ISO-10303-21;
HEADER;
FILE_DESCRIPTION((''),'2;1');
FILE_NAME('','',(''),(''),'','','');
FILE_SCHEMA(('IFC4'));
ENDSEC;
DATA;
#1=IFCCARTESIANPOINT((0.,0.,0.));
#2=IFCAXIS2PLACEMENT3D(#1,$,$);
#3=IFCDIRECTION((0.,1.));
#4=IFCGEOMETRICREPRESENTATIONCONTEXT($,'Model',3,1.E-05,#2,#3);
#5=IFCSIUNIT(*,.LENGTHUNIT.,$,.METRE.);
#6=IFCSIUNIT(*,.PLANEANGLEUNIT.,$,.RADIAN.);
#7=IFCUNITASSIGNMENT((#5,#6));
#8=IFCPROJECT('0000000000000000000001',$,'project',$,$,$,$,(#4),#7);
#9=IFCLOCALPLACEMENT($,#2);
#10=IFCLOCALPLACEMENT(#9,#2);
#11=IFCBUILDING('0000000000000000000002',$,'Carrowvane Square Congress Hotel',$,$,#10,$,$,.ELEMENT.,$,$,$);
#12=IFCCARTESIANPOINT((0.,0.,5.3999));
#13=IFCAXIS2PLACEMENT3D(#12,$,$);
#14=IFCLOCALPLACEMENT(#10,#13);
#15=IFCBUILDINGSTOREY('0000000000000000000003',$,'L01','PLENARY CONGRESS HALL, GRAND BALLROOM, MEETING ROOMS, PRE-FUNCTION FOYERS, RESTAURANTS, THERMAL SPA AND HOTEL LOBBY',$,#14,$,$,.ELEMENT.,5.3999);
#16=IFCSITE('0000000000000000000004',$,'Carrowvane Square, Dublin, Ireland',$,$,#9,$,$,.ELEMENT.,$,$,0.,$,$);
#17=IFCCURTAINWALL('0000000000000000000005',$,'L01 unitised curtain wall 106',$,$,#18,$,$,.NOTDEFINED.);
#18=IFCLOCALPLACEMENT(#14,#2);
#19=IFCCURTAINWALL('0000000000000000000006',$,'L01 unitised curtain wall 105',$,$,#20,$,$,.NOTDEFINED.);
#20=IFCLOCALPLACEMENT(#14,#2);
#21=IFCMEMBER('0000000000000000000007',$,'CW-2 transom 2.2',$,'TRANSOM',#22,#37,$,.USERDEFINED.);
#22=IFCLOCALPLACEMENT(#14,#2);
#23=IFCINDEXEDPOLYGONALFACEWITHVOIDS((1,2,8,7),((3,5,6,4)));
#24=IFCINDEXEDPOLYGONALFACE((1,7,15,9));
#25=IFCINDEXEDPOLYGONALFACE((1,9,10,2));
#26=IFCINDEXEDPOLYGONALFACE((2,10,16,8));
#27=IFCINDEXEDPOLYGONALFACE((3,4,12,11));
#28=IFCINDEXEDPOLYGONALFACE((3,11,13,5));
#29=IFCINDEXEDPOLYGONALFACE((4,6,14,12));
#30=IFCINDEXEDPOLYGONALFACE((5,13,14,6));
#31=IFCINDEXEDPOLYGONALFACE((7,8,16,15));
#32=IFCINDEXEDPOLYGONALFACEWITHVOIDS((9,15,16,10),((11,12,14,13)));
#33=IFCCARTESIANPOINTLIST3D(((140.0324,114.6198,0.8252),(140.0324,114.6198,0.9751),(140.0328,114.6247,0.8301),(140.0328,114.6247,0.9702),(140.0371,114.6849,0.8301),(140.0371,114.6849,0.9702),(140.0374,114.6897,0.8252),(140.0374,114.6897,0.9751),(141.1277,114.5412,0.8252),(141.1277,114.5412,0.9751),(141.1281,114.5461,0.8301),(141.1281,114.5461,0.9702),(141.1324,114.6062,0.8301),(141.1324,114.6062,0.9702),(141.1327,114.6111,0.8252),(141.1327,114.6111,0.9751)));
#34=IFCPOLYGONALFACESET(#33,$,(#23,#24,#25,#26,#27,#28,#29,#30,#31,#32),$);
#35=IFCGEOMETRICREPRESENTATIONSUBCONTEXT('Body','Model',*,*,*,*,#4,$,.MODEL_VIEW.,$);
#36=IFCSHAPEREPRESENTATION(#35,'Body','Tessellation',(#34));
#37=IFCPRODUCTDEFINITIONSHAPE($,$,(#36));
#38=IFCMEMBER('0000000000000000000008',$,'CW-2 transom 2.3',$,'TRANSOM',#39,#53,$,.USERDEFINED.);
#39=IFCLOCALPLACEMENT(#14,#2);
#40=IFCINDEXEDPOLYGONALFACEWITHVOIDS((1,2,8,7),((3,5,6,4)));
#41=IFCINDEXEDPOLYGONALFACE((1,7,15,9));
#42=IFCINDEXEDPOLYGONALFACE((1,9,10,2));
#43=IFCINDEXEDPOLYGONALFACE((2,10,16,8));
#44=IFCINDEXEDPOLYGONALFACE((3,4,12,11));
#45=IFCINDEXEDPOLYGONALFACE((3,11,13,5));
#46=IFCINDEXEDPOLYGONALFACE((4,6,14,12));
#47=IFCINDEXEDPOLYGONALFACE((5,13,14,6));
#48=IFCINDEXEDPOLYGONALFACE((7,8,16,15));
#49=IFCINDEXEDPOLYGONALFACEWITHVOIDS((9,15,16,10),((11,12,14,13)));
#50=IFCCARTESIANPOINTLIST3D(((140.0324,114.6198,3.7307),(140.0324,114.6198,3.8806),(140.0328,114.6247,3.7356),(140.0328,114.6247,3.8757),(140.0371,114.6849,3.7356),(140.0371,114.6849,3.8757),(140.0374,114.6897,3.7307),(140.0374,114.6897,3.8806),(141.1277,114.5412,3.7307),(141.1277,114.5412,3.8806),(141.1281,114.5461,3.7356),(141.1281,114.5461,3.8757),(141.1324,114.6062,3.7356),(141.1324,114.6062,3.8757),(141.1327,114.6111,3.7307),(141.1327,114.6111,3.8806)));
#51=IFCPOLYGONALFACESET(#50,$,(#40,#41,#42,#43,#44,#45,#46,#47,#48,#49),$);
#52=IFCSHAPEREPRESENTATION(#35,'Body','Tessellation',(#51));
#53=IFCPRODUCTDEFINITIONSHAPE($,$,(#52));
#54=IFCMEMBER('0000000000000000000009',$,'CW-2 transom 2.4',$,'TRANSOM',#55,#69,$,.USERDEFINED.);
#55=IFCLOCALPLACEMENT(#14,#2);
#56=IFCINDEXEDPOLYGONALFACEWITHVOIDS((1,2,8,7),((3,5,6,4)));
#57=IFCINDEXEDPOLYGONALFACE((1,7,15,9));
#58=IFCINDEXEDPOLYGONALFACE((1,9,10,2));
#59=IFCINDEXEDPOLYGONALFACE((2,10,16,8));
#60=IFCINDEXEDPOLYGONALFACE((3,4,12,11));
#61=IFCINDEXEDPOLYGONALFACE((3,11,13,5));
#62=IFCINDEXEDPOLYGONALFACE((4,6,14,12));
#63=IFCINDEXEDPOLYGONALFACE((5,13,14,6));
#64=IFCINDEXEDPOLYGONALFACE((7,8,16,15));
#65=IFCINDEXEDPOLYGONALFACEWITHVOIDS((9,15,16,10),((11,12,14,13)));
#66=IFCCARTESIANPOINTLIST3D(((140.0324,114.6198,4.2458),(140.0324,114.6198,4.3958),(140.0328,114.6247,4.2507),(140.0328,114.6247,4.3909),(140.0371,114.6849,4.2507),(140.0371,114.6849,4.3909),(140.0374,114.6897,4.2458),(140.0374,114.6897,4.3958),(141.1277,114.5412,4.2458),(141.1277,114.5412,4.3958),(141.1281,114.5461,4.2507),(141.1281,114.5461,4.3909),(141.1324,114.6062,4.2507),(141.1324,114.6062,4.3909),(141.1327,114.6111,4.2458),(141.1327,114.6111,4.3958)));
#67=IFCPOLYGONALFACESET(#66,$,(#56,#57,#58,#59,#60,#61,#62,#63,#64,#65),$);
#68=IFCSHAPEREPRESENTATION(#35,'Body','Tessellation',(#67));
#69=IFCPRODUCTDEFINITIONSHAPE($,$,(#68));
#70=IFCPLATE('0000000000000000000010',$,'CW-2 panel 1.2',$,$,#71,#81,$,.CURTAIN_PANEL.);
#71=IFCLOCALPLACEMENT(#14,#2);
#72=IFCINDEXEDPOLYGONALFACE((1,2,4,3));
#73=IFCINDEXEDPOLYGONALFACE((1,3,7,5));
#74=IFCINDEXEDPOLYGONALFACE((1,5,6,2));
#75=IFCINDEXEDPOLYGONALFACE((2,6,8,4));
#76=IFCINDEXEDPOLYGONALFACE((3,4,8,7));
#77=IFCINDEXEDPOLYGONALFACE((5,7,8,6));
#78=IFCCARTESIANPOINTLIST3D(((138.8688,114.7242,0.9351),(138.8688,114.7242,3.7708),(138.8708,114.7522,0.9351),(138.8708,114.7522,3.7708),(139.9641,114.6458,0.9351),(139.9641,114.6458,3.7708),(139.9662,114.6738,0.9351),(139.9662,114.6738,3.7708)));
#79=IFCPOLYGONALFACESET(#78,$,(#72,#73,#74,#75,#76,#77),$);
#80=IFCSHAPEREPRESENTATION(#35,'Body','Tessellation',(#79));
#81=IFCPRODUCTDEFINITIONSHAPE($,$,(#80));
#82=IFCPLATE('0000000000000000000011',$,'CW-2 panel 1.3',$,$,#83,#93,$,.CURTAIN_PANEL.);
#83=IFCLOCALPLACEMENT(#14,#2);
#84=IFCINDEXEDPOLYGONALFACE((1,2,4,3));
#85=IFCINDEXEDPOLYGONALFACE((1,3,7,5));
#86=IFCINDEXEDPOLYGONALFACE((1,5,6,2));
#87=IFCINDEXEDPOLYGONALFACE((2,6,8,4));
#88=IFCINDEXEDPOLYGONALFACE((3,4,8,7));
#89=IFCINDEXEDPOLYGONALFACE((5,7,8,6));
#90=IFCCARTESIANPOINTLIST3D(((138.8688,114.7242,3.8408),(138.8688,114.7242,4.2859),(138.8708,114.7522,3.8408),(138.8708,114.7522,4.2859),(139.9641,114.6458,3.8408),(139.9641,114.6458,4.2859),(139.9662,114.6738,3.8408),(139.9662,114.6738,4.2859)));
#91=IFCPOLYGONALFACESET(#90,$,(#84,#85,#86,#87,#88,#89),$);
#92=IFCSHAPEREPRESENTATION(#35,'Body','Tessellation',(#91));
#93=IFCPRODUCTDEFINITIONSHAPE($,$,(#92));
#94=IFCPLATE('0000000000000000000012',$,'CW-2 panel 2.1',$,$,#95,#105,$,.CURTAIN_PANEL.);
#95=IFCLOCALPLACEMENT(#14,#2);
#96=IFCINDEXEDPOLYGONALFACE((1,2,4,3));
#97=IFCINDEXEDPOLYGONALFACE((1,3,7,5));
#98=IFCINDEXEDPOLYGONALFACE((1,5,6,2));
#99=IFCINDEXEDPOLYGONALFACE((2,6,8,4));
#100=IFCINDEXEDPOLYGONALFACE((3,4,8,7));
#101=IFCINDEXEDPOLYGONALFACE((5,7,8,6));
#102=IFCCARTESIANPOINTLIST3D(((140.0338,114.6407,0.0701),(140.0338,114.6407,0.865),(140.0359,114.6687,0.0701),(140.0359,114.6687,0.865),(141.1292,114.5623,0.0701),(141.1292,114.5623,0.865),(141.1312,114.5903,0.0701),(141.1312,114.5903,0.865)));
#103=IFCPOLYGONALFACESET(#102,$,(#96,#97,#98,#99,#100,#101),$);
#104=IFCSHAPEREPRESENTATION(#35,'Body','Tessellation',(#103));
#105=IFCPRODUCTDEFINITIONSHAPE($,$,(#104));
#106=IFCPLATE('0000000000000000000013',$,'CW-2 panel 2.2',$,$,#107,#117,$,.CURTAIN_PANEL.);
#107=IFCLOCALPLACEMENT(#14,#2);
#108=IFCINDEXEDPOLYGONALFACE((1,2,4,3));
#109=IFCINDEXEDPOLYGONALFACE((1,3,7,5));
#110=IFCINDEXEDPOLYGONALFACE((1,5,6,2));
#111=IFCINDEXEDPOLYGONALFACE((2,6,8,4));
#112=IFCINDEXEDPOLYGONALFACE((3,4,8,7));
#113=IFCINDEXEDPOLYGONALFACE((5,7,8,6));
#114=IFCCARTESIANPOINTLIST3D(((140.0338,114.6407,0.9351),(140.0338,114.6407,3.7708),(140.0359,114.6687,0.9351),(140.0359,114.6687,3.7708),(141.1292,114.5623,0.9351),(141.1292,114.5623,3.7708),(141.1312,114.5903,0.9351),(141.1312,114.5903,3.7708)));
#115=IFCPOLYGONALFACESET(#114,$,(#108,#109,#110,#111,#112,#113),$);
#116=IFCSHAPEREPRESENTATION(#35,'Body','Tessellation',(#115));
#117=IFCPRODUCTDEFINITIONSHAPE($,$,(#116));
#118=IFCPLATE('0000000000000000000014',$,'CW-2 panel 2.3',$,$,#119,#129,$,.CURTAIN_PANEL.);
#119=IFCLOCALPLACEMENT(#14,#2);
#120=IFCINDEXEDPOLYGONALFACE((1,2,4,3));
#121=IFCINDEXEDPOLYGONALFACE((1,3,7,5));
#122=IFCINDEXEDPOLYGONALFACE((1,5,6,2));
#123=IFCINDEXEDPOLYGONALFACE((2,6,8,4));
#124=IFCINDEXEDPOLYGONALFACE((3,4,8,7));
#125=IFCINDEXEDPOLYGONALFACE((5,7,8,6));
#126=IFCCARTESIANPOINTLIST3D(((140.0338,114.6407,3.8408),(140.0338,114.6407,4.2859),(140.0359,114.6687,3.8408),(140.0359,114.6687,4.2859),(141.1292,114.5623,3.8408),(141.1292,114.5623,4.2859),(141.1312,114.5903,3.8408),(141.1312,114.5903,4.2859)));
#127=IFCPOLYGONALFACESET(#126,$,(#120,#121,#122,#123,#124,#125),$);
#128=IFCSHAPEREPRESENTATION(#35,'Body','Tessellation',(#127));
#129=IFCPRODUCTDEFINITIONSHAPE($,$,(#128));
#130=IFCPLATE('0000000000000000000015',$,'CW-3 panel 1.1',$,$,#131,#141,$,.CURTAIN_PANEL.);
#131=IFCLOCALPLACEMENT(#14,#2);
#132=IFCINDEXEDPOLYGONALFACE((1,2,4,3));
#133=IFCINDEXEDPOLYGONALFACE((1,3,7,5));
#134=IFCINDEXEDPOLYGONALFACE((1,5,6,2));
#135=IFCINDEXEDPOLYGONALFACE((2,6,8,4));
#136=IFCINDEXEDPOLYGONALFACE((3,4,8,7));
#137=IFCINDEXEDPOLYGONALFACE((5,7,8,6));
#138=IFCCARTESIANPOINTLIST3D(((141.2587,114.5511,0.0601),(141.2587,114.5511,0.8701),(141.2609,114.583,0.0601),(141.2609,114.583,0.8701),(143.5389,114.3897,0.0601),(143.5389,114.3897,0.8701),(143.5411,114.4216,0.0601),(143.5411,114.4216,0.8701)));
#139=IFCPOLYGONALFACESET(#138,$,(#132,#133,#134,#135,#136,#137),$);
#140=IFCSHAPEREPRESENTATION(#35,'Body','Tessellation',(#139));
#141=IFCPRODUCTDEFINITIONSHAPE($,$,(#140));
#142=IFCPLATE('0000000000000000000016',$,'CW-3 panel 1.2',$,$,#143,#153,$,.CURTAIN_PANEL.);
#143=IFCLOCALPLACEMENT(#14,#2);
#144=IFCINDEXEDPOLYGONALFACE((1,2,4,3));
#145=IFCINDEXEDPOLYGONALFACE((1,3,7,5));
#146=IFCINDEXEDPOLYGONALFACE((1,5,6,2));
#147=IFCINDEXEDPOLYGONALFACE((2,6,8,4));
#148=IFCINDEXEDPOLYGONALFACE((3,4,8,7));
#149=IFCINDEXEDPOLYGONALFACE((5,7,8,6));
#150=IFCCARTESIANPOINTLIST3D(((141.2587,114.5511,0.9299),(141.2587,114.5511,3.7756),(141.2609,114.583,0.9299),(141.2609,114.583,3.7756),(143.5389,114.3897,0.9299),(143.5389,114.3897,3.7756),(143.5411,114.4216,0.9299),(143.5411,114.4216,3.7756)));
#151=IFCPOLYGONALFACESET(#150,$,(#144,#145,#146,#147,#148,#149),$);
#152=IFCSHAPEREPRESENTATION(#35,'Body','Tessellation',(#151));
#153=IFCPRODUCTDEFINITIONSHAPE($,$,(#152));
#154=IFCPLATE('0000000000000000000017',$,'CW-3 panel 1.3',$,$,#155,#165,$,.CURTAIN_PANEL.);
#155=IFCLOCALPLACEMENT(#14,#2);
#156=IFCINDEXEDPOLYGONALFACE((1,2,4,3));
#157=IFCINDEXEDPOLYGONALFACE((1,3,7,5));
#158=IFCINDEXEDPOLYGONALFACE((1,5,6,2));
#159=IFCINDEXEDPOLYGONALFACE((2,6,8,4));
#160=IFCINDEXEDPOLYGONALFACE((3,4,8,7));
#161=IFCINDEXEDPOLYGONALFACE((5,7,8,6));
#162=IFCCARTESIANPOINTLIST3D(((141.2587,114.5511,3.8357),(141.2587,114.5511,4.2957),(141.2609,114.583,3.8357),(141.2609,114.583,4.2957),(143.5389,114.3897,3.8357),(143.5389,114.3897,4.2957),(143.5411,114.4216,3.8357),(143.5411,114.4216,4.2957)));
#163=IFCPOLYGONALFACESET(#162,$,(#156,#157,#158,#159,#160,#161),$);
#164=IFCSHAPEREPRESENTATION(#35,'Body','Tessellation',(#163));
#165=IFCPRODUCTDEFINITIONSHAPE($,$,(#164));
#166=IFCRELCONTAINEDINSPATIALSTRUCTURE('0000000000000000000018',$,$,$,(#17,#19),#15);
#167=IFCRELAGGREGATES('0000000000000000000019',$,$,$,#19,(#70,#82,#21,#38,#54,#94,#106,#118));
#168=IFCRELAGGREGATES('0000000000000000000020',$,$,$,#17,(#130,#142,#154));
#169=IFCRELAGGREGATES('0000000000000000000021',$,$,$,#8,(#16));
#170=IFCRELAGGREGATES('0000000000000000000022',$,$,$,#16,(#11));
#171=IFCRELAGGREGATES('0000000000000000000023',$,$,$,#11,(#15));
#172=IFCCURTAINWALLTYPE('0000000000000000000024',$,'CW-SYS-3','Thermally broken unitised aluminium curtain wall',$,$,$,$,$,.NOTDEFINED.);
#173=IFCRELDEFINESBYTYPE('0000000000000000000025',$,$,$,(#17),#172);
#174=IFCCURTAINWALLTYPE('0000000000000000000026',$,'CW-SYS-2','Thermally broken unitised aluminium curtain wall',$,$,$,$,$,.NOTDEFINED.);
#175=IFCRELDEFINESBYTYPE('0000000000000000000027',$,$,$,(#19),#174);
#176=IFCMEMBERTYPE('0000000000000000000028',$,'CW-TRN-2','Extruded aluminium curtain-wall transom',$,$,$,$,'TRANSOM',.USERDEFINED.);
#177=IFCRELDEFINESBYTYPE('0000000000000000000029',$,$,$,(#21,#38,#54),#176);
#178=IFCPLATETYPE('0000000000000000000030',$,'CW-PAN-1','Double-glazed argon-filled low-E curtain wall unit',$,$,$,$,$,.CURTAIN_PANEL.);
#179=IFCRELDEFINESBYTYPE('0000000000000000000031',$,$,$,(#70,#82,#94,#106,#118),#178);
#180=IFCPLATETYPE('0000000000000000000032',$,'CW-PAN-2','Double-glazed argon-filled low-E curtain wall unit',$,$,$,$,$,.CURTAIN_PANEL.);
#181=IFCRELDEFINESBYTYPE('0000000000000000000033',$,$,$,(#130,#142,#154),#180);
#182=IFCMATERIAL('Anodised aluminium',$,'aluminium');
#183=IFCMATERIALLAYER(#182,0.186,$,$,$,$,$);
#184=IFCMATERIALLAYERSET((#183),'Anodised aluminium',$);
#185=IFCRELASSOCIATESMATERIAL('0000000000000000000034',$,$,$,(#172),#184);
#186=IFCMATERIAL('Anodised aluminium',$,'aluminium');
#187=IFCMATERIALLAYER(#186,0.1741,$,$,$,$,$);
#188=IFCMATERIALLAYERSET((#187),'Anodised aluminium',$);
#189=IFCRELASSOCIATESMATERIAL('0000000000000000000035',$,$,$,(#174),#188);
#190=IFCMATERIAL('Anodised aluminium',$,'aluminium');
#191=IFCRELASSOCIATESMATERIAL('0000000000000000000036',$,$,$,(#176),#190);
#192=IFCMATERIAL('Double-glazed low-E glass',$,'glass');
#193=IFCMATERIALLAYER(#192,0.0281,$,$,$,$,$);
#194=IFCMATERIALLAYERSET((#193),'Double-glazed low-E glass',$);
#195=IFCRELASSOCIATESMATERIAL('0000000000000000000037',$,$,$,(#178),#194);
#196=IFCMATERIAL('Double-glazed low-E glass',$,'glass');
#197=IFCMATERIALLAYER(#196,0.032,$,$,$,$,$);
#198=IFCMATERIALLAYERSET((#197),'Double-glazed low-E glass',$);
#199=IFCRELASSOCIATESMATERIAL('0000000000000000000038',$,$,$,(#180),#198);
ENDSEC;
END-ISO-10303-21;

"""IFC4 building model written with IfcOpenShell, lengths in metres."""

from ifc_helpers import new_model, si_unit, direction, frame, origin, origin_2d, place, context, subcontext, project, spatial, rectangle, hollow_rectangle, extrude, material, layer, layer_set, material_profile, profile_set, type_object, element, aggregate, save


model = new_model("IFC4")

# Units and contexts
model_context = context("Model", 3, precision=1e-05, world=origin(), true_north=direction((0.0, 1.0)))
body_context = subcontext(model_context, "Body", "Model", "MODEL_VIEW")
ifc_project = project(units=[si_unit("LENGTHUNIT", "METRE"), si_unit("PLANEANGLEUNIT", "RADIAN")], contexts=[model_context])

# Site, building, storey
site_placement = place(None, origin())
site = spatial("IfcSite", under=ifc_project, at=site_placement, Name="Carrowvane Square, Dublin, Ireland", CompositionType="ELEMENT", RefElevation=0.0)
building_placement = place(site_placement, origin())
building = spatial("IfcBuilding", under=site, at=building_placement, Name="Carrowvane Square Congress Hotel", CompositionType="ELEMENT")
storey_placement = place(building_placement, frame((0.0, 0.0, 5.3999)))
storey = spatial("IfcBuildingStorey", under=building, at=storey_placement, Name="L01", Description="PLENARY CONGRESS HALL, GRAND BALLROOM, MEETING ROOMS, PRE-FUNCTION FOYERS, RESTAURANTS, THERMAL SPA AND HOTEL LOBBY", CompositionType="ELEMENT", Elevation=5.3999)

# Curtain walls
ifc_material_1 = material(Name="Anodised aluminium", Category="aluminium")
ifc_layer_1 = layer(ifc_material_1, 0.186)
ifc_layer_set_1 = layer_set([ifc_layer_1], Name="Anodised aluminium")
curtain_wall_type_1 = type_object("IfcCurtainWallType", Name="CW-SYS-3", Description="Thermally broken unitised aluminium curtain wall", PredefinedType="NOTDEFINED", material=ifc_layer_set_1)
curtain_wall_1_placement = place(storey_placement, origin())
curtain_wall_1 = element("IfcCurtainWall", 1, at=curtain_wall_1_placement, inside=storey, type_object=curtain_wall_type_1, Name="L01 unitised curtain wall 106", PredefinedType="NOTDEFINED")
ifc_material_2 = material(Name="Anodised aluminium", Category="aluminium")
ifc_layer_2 = layer(ifc_material_2, 0.1741)
ifc_layer_set_2 = layer_set([ifc_layer_2], Name="Anodised aluminium")
curtain_wall_type_2 = type_object("IfcCurtainWallType", Name="CW-SYS-2", Description="Thermally broken unitised aluminium curtain wall", PredefinedType="NOTDEFINED", material=ifc_layer_set_2)
curtain_wall_2_placement = place(storey_placement, origin())
curtain_wall_2 = element("IfcCurtainWall", 2, at=curtain_wall_2_placement, inside=storey, type_object=curtain_wall_type_2, Name="L01 unitised curtain wall 105", PredefinedType="NOTDEFINED")

# Members
ifc_material_3 = material(Name="Anodised aluminium", Category="aluminium")
ifc_material_profile_1 = material_profile(ifc_material_3, hollow_rectangle(XDim=0.0701, YDim=0.1499, WallThickness=0.0049, at=origin_2d()), Name="CW-TR 70x150x5")
ifc_profile_set_1 = profile_set([ifc_material_profile_1], Name="Anodised aluminium")
member_type_1 = type_object("IfcMemberType", Name="CW-TRN-2", Description="Extruded aluminium curtain-wall transom", ElementType="TRANSOM", PredefinedType="USERDEFINED", material=ifc_profile_set_1)
member_1_placement = place(storey_placement, frame((140.0349, 114.6548, 0.9001), z_axis=(0.997434, -0.071595, 0.0), x_axis=(0.071595, 0.997434, 0.0)))
member_1 = element("IfcMember", 3, at=member_1_placement, type_object=member_type_1, Name="CW-2 transom 2.2", ObjectType="TRANSOM", PredefinedType="USERDEFINED", context=body_context, shape_type="SweptSolid", body=[
    extrude(hollow_rectangle(XDim=0.0701, YDim=0.1499, WallThickness=0.0049, at=origin_2d()), origin(), (0.0, 0.0, 1.0), 1.0981),
])
member_2_placement = place(storey_placement, frame((140.0349, 114.6548, 3.8057), z_axis=(0.997434, -0.071595, 0.0), x_axis=(0.071595, 0.997434, 0.0)))
member_2 = element("IfcMember", 4, at=member_2_placement, type_object=member_type_1, Name="CW-2 transom 2.3", ObjectType="TRANSOM", PredefinedType="USERDEFINED", context=body_context, shape_type="SweptSolid", body=[
    extrude(hollow_rectangle(XDim=0.0701, YDim=0.1499, WallThickness=0.0049, at=origin_2d()), origin(), (0.0, 0.0, 1.0), 1.0981),
])
member_3_placement = place(storey_placement, frame((140.0349, 114.6548, 4.3208), z_axis=(0.997434, -0.071595, 0.0), x_axis=(0.071595, 0.997434, 0.0)))
member_3 = element("IfcMember", 5, at=member_3_placement, type_object=member_type_1, Name="CW-2 transom 2.4", ObjectType="TRANSOM", PredefinedType="USERDEFINED", context=body_context, shape_type="SweptSolid", body=[
    extrude(hollow_rectangle(XDim=0.0701, YDim=0.1499, WallThickness=0.0049, at=origin_2d()), origin(), (0.0, 0.0, 1.0), 1.0981),
])

# Plates
ifc_material_4 = material(Name="Double-glazed low-E glass", Category="glass")
ifc_layer_3 = layer(ifc_material_4, 0.0281)
ifc_layer_set_3 = layer_set([ifc_layer_3], Name="Double-glazed low-E glass")
plate_type_1 = type_object("IfcPlateType", Name="CW-PAN-1", Description="Double-glazed argon-filled low-E curtain wall unit", PredefinedType="CURTAIN_PANEL", material=ifc_layer_set_3)
plate_1_placement = place(storey_placement, frame((139.4175, 114.699, 0.9351), z_axis=(0.0, 0.0, 1.0), x_axis=(0.997446, -0.071422, 0.0)))
plate_1 = element("IfcPlate", 6, at=plate_1_placement, type_object=plate_type_1, Name="CW-2 panel 1.2", PredefinedType="CURTAIN_PANEL", context=body_context, shape_type="SweptSolid", body=[
    extrude(rectangle(XDim=1.0981, YDim=0.0281, at=origin_2d()), origin(), (0.0, 0.0, 1.0), 2.8357),
])
plate_2_placement = place(storey_placement, frame((139.4175, 114.699, 3.8408), z_axis=(0.0, 0.0, 1.0), x_axis=(0.997446, -0.071422, 0.0)))
plate_2 = element("IfcPlate", 7, at=plate_2_placement, type_object=plate_type_1, Name="CW-2 panel 1.3", PredefinedType="CURTAIN_PANEL", context=body_context, shape_type="SweptSolid", body=[
    extrude(rectangle(XDim=1.0981, YDim=0.0281, at=origin_2d()), origin(), (0.0, 0.0, 1.0), 0.4451),
])
plate_3_placement = place(storey_placement, frame((140.5825, 114.6155, 0.0701), z_axis=(0.0, 0.0, 1.0), x_axis=(0.997446, -0.071422, 0.0)))
plate_3 = element("IfcPlate", 8, at=plate_3_placement, type_object=plate_type_1, Name="CW-2 panel 2.1", PredefinedType="CURTAIN_PANEL", context=body_context, shape_type="SweptSolid", body=[
    extrude(rectangle(XDim=1.0981, YDim=0.0281, at=origin_2d()), origin(), (0.0, 0.0, 1.0), 0.7949),
])
plate_4_placement = place(storey_placement, frame((140.5825, 114.6155, 0.9351), z_axis=(0.0, 0.0, 1.0), x_axis=(0.997446, -0.071422, 0.0)))
plate_4 = element("IfcPlate", 9, at=plate_4_placement, type_object=plate_type_1, Name="CW-2 panel 2.2", PredefinedType="CURTAIN_PANEL", context=body_context, shape_type="SweptSolid", body=[
    extrude(rectangle(XDim=1.0981, YDim=0.0281, at=origin_2d()), origin(), (0.0, 0.0, 1.0), 2.8357),
])
plate_5_placement = place(storey_placement, frame((140.5825, 114.6155, 3.8408), z_axis=(0.0, 0.0, 1.0), x_axis=(0.997446, -0.071422, 0.0)))
plate_5 = element("IfcPlate", 10, at=plate_5_placement, type_object=plate_type_1, Name="CW-2 panel 2.3", PredefinedType="CURTAIN_PANEL", context=body_context, shape_type="SweptSolid", body=[
    extrude(rectangle(XDim=1.0981, YDim=0.0281, at=origin_2d()), origin(), (0.0, 0.0, 1.0), 0.4451),
])
aggregate(curtain_wall_2, [plate_1, plate_2, member_1, member_2, member_3, plate_3, plate_4, plate_5])
ifc_material_5 = material(Name="Double-glazed low-E glass", Category="glass")
ifc_layer_4 = layer(ifc_material_5, 0.032)
ifc_layer_set_4 = layer_set([ifc_layer_4], Name="Double-glazed low-E glass")
plate_type_2 = type_object("IfcPlateType", Name="CW-PAN-2", Description="Double-glazed argon-filled low-E curtain wall unit", PredefinedType="CURTAIN_PANEL", material=ifc_layer_set_4)
plate_6_placement = place(storey_placement, frame((142.3999, 114.4863, 0.0601), z_axis=(0.0, 0.0, 1.0), x_axis=(0.997506, -0.070586, 0.0)))
plate_6 = element("IfcPlate", 11, at=plate_6_placement, type_object=plate_type_2, Name="CW-3 panel 1.1", PredefinedType="CURTAIN_PANEL", context=body_context, shape_type="SweptSolid", body=[
    extrude(rectangle(XDim=2.2859, YDim=0.032, at=origin_2d()), origin(), (0.0, 0.0, 1.0), 0.8101),
])
plate_7_placement = place(storey_placement, frame((142.3999, 114.4863, 0.9299), z_axis=(0.0, 0.0, 1.0), x_axis=(0.997506, -0.070586, 0.0)))
plate_7 = element("IfcPlate", 12, at=plate_7_placement, type_object=plate_type_2, Name="CW-3 panel 1.2", PredefinedType="CURTAIN_PANEL", context=body_context, shape_type="SweptSolid", body=[
    extrude(rectangle(XDim=2.2859, YDim=0.032, at=origin_2d()), origin(), (0.0, 0.0, 1.0), 2.8457),
])
plate_8_placement = place(storey_placement, frame((142.3999, 114.4863, 3.8357), z_axis=(0.0, 0.0, 1.0), x_axis=(0.997506, -0.070586, 0.0)))
plate_8 = element("IfcPlate", 13, at=plate_8_placement, type_object=plate_type_2, Name="CW-3 panel 1.3", PredefinedType="CURTAIN_PANEL", context=body_context, shape_type="SweptSolid", body=[
    extrude(rectangle(XDim=2.2859, YDim=0.032, at=origin_2d()), origin(), (0.0, 0.0, 1.0), 0.46),
])
aggregate(curtain_wall_1, [plate_6, plate_7, plate_8])

save(model, "model.ifc")
